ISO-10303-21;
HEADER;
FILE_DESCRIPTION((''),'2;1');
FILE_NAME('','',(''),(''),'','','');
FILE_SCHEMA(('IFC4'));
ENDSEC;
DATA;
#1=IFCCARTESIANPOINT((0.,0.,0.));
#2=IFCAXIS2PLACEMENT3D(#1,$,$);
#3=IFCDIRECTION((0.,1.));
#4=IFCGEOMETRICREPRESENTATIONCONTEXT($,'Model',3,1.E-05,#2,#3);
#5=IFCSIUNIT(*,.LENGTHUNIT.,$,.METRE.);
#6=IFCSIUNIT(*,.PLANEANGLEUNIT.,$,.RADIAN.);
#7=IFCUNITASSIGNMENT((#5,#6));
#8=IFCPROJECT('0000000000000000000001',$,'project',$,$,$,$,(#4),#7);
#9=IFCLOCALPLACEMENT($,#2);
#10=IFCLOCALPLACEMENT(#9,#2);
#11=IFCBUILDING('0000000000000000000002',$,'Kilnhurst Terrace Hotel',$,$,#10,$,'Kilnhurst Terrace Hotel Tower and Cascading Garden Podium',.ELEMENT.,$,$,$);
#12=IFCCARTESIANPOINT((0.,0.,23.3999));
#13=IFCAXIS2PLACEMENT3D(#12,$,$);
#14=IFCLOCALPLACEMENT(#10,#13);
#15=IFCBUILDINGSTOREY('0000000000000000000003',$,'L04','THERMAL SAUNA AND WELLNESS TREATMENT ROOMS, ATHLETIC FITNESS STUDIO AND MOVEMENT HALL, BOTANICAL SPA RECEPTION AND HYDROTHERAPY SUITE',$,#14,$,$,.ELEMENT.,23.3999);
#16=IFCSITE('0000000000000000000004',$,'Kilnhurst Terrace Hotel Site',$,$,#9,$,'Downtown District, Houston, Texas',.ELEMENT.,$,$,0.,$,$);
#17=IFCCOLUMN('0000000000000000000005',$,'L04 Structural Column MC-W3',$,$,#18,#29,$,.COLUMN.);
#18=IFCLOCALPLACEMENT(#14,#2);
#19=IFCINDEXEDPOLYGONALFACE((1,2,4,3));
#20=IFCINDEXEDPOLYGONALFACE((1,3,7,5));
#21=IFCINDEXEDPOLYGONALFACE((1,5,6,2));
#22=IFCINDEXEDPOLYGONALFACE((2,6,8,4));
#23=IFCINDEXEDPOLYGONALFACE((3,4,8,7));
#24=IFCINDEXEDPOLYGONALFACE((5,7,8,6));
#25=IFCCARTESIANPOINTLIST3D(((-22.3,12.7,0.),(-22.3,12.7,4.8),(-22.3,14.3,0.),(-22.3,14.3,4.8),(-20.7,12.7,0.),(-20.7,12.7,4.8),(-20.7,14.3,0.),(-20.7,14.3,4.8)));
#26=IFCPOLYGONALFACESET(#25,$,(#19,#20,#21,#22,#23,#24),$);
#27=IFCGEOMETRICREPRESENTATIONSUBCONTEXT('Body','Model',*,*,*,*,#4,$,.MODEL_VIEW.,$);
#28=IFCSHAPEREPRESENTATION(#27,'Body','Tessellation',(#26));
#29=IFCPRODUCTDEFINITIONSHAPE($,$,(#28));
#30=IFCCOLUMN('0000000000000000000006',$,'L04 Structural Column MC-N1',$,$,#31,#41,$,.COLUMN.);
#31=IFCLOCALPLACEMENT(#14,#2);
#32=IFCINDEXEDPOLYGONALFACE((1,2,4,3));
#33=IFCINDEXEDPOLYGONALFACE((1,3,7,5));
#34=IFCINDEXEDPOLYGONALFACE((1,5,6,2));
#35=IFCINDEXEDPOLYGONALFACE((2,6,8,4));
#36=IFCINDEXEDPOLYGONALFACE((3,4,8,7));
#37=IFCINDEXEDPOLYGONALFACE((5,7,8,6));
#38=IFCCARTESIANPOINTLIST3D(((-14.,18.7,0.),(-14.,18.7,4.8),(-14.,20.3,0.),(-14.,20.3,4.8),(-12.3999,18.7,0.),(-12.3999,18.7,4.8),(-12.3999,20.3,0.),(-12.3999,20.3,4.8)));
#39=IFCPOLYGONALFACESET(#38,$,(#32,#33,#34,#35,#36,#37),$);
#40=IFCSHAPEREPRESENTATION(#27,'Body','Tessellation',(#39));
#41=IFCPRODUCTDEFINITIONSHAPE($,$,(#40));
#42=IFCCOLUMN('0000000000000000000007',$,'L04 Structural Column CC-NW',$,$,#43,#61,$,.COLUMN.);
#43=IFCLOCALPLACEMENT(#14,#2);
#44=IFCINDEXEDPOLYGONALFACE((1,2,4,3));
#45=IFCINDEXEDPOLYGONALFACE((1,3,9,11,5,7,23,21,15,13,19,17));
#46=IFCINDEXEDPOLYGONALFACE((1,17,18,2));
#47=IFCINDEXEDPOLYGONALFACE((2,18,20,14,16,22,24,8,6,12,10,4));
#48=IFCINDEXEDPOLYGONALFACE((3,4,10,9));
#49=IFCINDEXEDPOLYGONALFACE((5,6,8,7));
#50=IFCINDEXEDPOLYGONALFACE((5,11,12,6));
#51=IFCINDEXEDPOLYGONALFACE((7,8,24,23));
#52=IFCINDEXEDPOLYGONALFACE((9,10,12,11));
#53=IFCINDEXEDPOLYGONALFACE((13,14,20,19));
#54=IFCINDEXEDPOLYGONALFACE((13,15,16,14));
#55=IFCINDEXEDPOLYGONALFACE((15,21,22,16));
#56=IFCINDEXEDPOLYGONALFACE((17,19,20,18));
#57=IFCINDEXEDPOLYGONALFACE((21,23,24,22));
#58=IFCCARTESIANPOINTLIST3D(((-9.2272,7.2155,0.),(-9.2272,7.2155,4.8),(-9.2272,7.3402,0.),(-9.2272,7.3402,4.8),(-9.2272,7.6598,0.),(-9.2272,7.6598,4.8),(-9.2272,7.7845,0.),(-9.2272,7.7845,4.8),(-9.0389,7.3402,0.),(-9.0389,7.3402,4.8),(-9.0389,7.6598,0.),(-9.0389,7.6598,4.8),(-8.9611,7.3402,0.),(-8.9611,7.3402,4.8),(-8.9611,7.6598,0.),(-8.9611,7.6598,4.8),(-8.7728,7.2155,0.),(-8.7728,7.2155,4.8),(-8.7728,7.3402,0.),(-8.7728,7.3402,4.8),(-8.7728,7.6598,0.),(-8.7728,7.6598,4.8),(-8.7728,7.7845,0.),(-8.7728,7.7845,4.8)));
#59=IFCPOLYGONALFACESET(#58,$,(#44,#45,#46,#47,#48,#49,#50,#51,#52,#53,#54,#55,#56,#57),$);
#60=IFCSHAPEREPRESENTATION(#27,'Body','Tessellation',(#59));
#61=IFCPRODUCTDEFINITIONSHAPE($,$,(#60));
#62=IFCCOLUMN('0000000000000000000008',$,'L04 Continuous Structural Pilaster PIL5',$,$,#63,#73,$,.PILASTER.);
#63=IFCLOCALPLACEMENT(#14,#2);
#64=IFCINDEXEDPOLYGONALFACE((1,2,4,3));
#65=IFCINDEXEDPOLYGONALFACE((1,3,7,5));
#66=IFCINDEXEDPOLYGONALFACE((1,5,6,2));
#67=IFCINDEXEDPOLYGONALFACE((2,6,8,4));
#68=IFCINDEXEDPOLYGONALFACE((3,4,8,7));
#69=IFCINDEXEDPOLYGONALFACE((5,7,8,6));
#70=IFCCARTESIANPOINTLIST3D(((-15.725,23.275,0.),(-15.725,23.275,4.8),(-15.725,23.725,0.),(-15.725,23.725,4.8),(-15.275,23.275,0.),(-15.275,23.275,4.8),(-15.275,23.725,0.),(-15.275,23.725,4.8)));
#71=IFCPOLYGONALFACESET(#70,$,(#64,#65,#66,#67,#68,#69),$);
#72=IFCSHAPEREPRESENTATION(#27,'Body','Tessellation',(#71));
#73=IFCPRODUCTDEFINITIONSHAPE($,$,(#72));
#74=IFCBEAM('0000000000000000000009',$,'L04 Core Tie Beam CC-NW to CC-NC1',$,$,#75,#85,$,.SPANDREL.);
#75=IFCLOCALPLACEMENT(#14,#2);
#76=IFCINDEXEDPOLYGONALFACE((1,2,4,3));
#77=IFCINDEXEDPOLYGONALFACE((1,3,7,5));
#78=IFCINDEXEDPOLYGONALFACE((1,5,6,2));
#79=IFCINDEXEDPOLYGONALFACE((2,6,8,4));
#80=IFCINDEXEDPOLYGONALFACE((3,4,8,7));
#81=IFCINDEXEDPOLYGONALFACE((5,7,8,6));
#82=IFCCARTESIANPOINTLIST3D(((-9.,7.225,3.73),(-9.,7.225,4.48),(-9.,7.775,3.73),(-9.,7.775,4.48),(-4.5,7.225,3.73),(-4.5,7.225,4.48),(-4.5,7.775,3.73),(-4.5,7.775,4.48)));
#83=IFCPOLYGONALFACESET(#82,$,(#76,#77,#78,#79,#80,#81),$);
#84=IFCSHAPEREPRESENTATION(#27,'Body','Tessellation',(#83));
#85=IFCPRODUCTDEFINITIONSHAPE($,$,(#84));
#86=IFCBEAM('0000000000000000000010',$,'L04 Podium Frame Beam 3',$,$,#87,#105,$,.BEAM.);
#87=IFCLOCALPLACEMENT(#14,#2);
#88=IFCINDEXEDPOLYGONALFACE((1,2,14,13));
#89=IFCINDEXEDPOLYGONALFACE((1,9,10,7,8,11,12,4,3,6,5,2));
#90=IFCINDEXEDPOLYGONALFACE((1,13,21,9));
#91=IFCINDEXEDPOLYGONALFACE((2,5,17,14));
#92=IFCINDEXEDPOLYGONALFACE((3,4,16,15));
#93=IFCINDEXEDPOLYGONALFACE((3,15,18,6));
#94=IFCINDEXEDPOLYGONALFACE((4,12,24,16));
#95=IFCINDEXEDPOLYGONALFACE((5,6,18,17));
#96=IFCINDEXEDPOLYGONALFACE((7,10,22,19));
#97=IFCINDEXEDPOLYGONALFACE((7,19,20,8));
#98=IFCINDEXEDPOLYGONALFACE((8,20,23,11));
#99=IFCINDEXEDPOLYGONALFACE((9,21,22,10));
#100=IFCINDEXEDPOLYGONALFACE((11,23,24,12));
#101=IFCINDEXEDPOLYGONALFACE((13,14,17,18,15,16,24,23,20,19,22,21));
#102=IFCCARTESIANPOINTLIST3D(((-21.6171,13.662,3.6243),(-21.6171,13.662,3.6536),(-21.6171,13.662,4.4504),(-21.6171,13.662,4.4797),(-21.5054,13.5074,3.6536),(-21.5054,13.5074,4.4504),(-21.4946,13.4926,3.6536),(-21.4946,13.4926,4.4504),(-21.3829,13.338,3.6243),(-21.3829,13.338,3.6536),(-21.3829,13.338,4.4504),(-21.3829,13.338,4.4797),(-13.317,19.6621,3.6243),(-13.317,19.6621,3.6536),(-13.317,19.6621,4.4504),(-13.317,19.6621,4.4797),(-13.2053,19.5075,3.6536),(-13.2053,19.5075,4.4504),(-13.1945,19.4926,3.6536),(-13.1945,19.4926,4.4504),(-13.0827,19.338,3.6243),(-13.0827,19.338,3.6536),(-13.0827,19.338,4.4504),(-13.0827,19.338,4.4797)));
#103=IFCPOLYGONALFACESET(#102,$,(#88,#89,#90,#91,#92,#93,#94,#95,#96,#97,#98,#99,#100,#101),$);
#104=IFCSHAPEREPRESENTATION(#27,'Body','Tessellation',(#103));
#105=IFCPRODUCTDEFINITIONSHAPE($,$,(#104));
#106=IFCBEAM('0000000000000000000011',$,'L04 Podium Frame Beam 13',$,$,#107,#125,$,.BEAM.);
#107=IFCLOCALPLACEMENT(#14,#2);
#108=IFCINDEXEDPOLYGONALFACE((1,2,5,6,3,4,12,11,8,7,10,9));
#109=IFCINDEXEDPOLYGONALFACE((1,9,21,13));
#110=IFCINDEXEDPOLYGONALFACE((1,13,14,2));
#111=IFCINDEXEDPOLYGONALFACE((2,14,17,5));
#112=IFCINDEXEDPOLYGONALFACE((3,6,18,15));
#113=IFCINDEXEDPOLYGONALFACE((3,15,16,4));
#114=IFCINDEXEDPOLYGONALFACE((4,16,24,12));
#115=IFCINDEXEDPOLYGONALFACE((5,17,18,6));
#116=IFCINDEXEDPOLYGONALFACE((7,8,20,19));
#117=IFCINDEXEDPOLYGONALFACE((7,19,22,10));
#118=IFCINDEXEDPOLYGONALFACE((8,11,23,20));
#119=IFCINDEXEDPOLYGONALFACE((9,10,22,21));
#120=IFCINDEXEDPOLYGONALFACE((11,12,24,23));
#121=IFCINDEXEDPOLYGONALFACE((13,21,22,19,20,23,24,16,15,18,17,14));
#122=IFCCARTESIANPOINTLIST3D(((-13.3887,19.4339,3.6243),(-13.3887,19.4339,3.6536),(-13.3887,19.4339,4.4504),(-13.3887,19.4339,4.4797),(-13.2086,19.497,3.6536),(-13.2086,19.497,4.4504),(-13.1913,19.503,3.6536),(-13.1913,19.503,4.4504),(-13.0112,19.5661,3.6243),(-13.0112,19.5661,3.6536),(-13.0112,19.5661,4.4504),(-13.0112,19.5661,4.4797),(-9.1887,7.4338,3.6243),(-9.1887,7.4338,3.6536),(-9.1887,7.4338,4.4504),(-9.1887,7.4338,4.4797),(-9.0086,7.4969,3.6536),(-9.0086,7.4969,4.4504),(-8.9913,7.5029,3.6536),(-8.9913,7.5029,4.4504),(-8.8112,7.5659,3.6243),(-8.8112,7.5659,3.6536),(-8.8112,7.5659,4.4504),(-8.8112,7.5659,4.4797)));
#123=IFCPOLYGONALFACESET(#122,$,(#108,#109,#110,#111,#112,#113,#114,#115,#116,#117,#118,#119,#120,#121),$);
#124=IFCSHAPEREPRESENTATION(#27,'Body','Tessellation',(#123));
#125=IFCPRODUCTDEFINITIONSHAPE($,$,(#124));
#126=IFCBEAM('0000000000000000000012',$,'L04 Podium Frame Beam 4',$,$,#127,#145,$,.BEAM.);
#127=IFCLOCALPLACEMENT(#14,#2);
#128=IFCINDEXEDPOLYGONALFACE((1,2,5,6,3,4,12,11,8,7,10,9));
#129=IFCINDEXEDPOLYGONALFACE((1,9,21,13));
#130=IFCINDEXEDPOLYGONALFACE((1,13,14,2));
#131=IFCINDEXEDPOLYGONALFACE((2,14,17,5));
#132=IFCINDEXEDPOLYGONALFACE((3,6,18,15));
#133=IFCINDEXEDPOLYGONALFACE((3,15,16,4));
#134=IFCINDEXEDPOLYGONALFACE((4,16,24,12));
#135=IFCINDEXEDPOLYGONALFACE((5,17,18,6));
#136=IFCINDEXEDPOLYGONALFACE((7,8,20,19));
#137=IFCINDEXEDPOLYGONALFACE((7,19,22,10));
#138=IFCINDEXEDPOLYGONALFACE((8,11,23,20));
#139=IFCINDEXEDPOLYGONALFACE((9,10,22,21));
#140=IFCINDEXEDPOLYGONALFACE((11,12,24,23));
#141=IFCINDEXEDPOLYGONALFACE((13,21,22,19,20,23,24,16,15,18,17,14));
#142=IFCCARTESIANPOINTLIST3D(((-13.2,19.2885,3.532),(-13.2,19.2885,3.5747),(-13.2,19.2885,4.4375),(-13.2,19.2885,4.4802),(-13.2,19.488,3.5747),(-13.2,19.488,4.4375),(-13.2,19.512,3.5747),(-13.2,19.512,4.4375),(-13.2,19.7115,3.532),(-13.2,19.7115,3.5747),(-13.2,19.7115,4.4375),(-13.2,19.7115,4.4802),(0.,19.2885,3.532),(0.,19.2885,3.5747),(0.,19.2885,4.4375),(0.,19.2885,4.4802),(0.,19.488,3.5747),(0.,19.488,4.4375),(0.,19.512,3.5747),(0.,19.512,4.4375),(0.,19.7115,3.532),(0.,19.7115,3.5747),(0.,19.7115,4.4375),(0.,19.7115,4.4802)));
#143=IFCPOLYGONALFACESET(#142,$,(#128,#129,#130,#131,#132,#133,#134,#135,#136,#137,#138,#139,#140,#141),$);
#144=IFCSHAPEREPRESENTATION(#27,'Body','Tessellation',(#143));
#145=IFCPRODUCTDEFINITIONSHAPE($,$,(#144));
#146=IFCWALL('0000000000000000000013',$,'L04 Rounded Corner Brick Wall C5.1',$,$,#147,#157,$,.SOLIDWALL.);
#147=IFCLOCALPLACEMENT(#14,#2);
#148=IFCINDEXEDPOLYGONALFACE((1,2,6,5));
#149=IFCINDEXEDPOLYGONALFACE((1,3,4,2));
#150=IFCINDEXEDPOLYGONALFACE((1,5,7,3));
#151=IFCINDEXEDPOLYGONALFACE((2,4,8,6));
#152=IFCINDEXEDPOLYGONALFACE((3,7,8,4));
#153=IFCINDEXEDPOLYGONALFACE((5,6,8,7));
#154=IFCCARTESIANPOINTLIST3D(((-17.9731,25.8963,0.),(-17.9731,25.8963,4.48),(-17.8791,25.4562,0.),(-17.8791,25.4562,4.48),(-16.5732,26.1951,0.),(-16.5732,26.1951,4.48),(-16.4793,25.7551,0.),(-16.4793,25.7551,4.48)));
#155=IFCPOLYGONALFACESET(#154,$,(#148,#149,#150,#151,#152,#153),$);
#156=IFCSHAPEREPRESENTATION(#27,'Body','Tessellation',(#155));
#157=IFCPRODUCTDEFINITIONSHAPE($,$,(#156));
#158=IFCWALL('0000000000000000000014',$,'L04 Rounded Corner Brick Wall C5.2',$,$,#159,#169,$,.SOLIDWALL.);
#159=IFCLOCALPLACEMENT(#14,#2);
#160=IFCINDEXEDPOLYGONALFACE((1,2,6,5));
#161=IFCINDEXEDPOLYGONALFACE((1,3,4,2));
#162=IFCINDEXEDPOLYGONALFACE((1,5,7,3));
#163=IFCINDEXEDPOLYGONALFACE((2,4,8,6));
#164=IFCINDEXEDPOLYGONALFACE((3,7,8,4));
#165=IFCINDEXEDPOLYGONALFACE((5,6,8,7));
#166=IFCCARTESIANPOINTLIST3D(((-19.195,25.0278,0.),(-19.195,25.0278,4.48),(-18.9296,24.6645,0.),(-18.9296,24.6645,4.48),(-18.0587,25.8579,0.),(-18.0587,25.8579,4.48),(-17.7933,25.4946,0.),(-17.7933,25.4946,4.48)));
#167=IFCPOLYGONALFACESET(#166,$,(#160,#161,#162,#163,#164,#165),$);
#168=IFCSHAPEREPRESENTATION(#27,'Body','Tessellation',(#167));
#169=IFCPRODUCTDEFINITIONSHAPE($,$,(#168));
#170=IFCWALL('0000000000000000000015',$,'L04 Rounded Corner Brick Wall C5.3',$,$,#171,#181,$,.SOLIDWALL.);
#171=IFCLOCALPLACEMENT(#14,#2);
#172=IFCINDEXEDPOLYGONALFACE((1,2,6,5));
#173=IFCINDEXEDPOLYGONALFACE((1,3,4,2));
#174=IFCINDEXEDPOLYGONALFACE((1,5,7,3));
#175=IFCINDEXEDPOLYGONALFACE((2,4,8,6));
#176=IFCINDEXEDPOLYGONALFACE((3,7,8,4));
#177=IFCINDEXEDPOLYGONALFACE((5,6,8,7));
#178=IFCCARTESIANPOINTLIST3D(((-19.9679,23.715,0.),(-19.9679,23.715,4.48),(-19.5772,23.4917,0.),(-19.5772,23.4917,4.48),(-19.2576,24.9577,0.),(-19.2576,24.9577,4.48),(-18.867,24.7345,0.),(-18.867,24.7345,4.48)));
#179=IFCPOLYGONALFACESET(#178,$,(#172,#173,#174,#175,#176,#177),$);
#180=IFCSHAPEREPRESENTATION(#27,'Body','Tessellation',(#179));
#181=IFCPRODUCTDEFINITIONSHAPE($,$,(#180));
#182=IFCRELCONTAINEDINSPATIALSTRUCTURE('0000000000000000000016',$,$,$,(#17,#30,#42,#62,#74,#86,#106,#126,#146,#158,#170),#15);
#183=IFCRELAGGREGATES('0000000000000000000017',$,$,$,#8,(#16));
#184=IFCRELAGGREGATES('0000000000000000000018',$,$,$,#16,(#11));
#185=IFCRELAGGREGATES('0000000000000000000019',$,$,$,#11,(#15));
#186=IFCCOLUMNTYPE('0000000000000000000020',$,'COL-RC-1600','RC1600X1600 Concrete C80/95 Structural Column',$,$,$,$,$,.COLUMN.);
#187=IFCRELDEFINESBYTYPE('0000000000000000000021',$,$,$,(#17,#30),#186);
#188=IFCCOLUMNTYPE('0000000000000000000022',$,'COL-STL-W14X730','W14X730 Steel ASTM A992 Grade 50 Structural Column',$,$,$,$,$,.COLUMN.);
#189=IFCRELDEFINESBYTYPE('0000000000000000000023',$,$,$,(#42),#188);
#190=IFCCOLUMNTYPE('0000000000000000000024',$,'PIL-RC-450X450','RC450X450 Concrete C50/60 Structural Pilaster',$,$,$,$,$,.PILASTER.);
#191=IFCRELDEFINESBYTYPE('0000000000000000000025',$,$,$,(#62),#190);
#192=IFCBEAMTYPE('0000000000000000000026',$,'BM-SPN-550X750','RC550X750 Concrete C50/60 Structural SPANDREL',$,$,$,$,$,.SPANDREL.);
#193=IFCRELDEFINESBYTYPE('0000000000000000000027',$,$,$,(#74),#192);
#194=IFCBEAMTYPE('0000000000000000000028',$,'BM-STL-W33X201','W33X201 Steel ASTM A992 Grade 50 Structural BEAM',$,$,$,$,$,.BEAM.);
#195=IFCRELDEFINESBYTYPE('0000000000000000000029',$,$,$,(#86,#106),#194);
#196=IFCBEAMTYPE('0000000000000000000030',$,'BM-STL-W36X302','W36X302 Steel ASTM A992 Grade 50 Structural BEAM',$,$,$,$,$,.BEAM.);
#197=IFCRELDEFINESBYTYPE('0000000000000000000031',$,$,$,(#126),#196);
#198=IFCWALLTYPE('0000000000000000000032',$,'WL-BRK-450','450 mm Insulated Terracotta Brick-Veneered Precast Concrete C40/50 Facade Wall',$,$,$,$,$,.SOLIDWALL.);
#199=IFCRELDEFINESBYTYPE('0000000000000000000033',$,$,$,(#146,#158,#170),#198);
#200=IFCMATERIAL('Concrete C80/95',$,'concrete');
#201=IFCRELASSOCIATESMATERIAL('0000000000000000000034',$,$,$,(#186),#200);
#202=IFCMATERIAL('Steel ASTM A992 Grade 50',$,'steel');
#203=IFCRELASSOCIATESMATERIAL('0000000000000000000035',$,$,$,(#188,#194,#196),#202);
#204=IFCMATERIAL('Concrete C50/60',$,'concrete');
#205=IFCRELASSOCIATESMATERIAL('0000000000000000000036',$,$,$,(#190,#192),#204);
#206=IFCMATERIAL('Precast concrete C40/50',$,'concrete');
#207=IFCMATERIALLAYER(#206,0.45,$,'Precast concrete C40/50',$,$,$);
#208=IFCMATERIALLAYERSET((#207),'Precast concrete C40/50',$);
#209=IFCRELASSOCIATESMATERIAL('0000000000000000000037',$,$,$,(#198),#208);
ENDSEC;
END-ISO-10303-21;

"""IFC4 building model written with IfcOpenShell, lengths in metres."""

from ifc_helpers import new_model, si_unit, direction, frame, frame_2d, origin, origin_2d, place, context, subcontext, project, spatial, rectangle, i_section, extrude, material, layer, layer_set, material_profile, profile_set, type_object, element, save


model = new_model("IFC4")

# Units and contexts
model_context = context("Model", 3, precision=1e-05, world=origin(), true_north=direction((0.0, 1.0)))
body_context = subcontext(model_context, "Body", "Model", "MODEL_VIEW")
ifc_project = project(units=[si_unit("LENGTHUNIT", "METRE"), si_unit("PLANEANGLEUNIT", "RADIAN")], contexts=[model_context])

# Site, building, storey
site_placement = place(None, origin())
site = spatial("IfcSite", under=ifc_project, at=site_placement, Name="Kilnhurst Terrace Hotel Site", LongName="Downtown District, Houston, Texas", CompositionType="ELEMENT", RefElevation=0.0)
building_placement = place(site_placement, origin())
building = spatial("IfcBuilding", under=site, at=building_placement, Name="Kilnhurst Terrace Hotel", LongName="Kilnhurst Terrace Hotel Tower and Cascading Garden Podium", CompositionType="ELEMENT")
storey_placement = place(building_placement, frame((0.0, 0.0, 23.3999)))
storey = spatial("IfcBuildingStorey", under=building, at=storey_placement, Name="L04", Description="THERMAL SAUNA AND WELLNESS TREATMENT ROOMS, ATHLETIC FITNESS STUDIO AND MOVEMENT HALL, BOTANICAL SPA RECEPTION AND HYDROTHERAPY SUITE", CompositionType="ELEMENT", Elevation=23.3999)

# Columns
ifc_material_1 = material(Name="Concrete C80/95", Category="concrete")
ifc_material_profile_1 = material_profile(ifc_material_1, rectangle(XDim=1.6001, YDim=1.6001, at=origin_2d()), Name="RC1600X1600")
ifc_profile_set_1 = profile_set([ifc_material_profile_1], Name="Concrete C80/95")
column_type_1 = type_object("IfcColumnType", Name="COL-RC-1600", Description="RC1600X1600 Concrete C80/95 Structural Column", PredefinedType="COLUMN", material=ifc_profile_set_1)
for number, where, z_axis, x_axis, name in (
    (1, (-21.5, 13.5, 0.0), (0.0, 0.0, 1.0), (1.0, 0.0, 0.0), "L04 Structural Column MC-W3"),
    (2, (-13.2, 19.5, 0.0), (0.0, 0.0, 1.0), (1.0, 0.0, 0.0), "L04 Structural Column MC-N1"),
):
    element("IfcColumn", number, at=place(storey_placement, frame(where, z_axis=z_axis, x_axis=x_axis)), inside=storey, type_object=column_type_1, Name=name, PredefinedType="COLUMN", context=body_context, shape_type="SweptSolid", body=[
        extrude(rectangle(XDim=1.6001, YDim=1.6001, at=origin_2d()), origin(), (0.0, 0.0, 1.0), 4.8),
    ])
ifc_material_2 = material(Name="Steel ASTM A992 Grade 50", Category="steel")
ifc_material_profile_2 = material_profile(ifc_material_2, i_section(OverallWidth=0.4543, OverallDepth=0.5691, WebThickness=0.0779, FlangeThickness=0.1248, at=origin_2d()), Name="W14X730")
ifc_profile_set_2 = profile_set([ifc_material_profile_2], Name="Steel ASTM A992 Grade 50")
column_type_2 = type_object("IfcColumnType", Name="COL-STL-W14X730", Description="W14X730 Steel ASTM A992 Grade 50 Structural Column", PredefinedType="COLUMN", material=ifc_profile_set_2)
column_1_placement = place(storey_placement, frame((-9.0, 7.5, 0.0), z_axis=(0.0, 0.0, 1.0), x_axis=(1.0, 0.0, 0.0)))
element("IfcColumn", 3, at=column_1_placement, inside=storey, type_object=column_type_2, Name="L04 Structural Column CC-NW", PredefinedType="COLUMN", context=body_context, shape_type="SweptSolid", body=[
    extrude(i_section(OverallWidth=0.4543, OverallDepth=0.5691, WebThickness=0.0779, FlangeThickness=0.1248, at=origin_2d()), origin(), (0.0, 0.0, 1.0), 4.8),
])
ifc_material_3 = material(Name="Concrete C50/60", Category="concrete")
ifc_material_profile_3 = material_profile(ifc_material_3, rectangle(XDim=0.45, YDim=0.45, at=origin_2d()), Name="RC450X450")
ifc_profile_set_3 = profile_set([ifc_material_profile_3], Name="Concrete C50/60")
column_type_3 = type_object("IfcColumnType", Name="PIL-RC-450X450", Description="RC450X450 Concrete C50/60 Structural Pilaster", PredefinedType="PILASTER", material=ifc_profile_set_3)
column_2_placement = place(storey_placement, frame((-15.5, 23.5, 0.0), z_axis=(0.0, 0.0, 1.0), x_axis=(1.0, 0.0, 0.0)))
element("IfcColumn", 4, at=column_2_placement, inside=storey, type_object=column_type_3, Name="L04 Continuous Structural Pilaster PIL5", PredefinedType="PILASTER", context=body_context, shape_type="SweptSolid", body=[
    extrude(rectangle(XDim=0.45, YDim=0.45, at=origin_2d()), origin(), (0.0, 0.0, 1.0), 4.8),
])

# Beams
ifc_material_profile_4 = material_profile(ifc_material_3, rectangle(XDim=0.55, YDim=0.75, at=origin_2d()), Name="RC550X750")
ifc_profile_set_4 = profile_set([ifc_material_profile_4], Name="Concrete C50/60")
beam_type_1 = type_object("IfcBeamType", Name="BM-SPN-550X750", Description="RC550X750 Concrete C50/60 Structural SPANDREL", PredefinedType="SPANDREL", material=ifc_profile_set_4)
beam_1_placement = place(storey_placement, frame((-9.0, 7.5, 4.105), z_axis=(1.0, 0.0, 0.0), x_axis=(0.0, 1.0, 0.0)))
element("IfcBeam", 5, at=beam_1_placement, inside=storey, type_object=beam_type_1, Name="L04 Core Tie Beam CC-NW to CC-NC1", PredefinedType="SPANDREL", context=body_context, shape_type="SweptSolid", body=[
    extrude(rectangle(XDim=0.55, YDim=0.75, at=origin_2d()), origin(), (0.0, 0.0, 1.0), 4.5),
])
ifc_material_profile_5 = material_profile(ifc_material_2, i_section(OverallWidth=0.3999, OverallDepth=0.8555, WebThickness=0.0183, FlangeThickness=0.0293, at=origin_2d()), Name="W33X201")
ifc_profile_set_5 = profile_set([ifc_material_profile_5], Name="Steel ASTM A992 Grade 50")
beam_type_2 = type_object("IfcBeamType", Name="BM-STL-W33X201", Description="W33X201 Steel ASTM A992 Grade 50 Structural BEAM", PredefinedType="BEAM", material=ifc_profile_set_5)
beam_2_placement = place(storey_placement, frame((-21.5, 13.5, 4.052), z_axis=(0.810423, 0.585845, 0.0), x_axis=(-0.585845, 0.810423, 0.0)))
element("IfcBeam", 6, at=beam_2_placement, inside=storey, type_object=beam_type_2, Name="L04 Podium Frame Beam 3", PredefinedType="BEAM", context=body_context, shape_type="SweptSolid", body=[
    extrude(i_section(OverallWidth=0.3999, OverallDepth=0.8555, WebThickness=0.0183, FlangeThickness=0.0293, at=origin_2d()), origin(), (0.0, 0.0, 1.0), 10.2417),
])
beam_3_placement = place(storey_placement, frame((-13.2, 19.5, 4.052), z_axis=(0.330347, -0.94386, 0.0), x_axis=(0.94386, 0.330347, 0.0)))
element("IfcBeam", 7, at=beam_3_placement, inside=storey, type_object=beam_type_2, Name="L04 Podium Frame Beam 13", PredefinedType="BEAM", context=body_context, shape_type="SweptSolid", body=[
    extrude(i_section(OverallWidth=0.3999, OverallDepth=0.8555, WebThickness=0.0183, FlangeThickness=0.0293, at=origin_2d()), origin(), (0.0, 0.0, 1.0), 12.7139),
])
ifc_material_profile_6 = material_profile(ifc_material_2, i_section(OverallWidth=0.4231, OverallDepth=0.9482, WebThickness=0.0239, FlangeThickness=0.0427, at=origin_2d()), Name="W36X302")
ifc_profile_set_6 = profile_set([ifc_material_profile_6], Name="Steel ASTM A992 Grade 50")
beam_type_3 = type_object("IfcBeamType", Name="BM-STL-W36X302", Description="W36X302 Steel ASTM A992 Grade 50 Structural BEAM", PredefinedType="BEAM", material=ifc_profile_set_6)
beam_4_placement = place(storey_placement, frame((-13.2, 19.5, 4.0061), z_axis=(1.0, 0.0, 0.0), x_axis=(0.0, 1.0, 0.0)))
element("IfcBeam", 8, at=beam_4_placement, inside=storey, type_object=beam_type_3, Name="L04 Podium Frame Beam 4", PredefinedType="BEAM", context=body_context, shape_type="SweptSolid", body=[
    extrude(i_section(OverallWidth=0.4231, OverallDepth=0.9482, WebThickness=0.0239, FlangeThickness=0.0427, at=origin_2d()), origin(), (0.0, 0.0, 1.0), 13.2),
])

# Walls
ifc_material_4 = material(Name="Precast concrete C40/50", Category="concrete")
ifc_layer_1 = layer(ifc_material_4, 0.45, Name="Precast concrete C40/50")
ifc_layer_set_1 = layer_set([ifc_layer_1], Name="Precast concrete C40/50")
wall_type_1 = type_object("IfcWallType", Name="WL-BRK-450", Description="450 mm Insulated Terracotta Brick-Veneered Precast Concrete C40/50 Facade Wall", PredefinedType="SOLIDWALL", material=ifc_layer_set_1)
wall_1_placement = place(storey_placement, frame((-16.5261, 25.9751, 0.0), z_axis=(0.0, 0.0, 1.0), x_axis=(-0.977967, -0.20876, 0.0)))
element("IfcWall", 9, at=wall_1_placement, inside=storey, type_object=wall_type_1, Name="L04 Rounded Corner Brick Wall C5.1", PredefinedType="SOLIDWALL", context=body_context, shape_type="SweptSolid", body=[
    extrude(rectangle(XDim=1.4314, YDim=0.45, at=frame_2d((0.7158, 0.0))), origin(), (0.0, 0.0, 1.0), 4.48),
])
wall_2_placement = place(storey_placement, frame((-17.926, 25.6763, 0.0), z_axis=(0.0, 0.0, 1.0), x_axis=(-0.807474, -0.589903, 0.0)))
element("IfcWall", 10, at=wall_2_placement, inside=storey, type_object=wall_type_1, Name="L04 Rounded Corner Brick Wall C5.2", PredefinedType="SOLIDWALL", context=body_context, shape_type="SweptSolid", body=[
    extrude(rectangle(XDim=1.4072, YDim=0.45, at=frame_2d((0.7036, 0.0))), origin(), (0.0, 0.0, 1.0), 4.48),
])
wall_3_placement = place(storey_placement, frame((-19.0623, 24.8462, 0.0), z_axis=(0.0, 0.0, 1.0), x_axis=(-0.496194, -0.868212, 0.0)))
element("IfcWall", 11, at=wall_3_placement, inside=storey, type_object=wall_type_1, Name="L04 Rounded Corner Brick Wall C5.3", PredefinedType="SOLIDWALL", context=body_context, shape_type="SweptSolid", body=[
    extrude(rectangle(XDim=1.4314, YDim=0.45, at=frame_2d((0.7158, 0.0))), origin(), (0.0, 0.0, 1.0), 4.48),
])

save(model, "model.ifc")
